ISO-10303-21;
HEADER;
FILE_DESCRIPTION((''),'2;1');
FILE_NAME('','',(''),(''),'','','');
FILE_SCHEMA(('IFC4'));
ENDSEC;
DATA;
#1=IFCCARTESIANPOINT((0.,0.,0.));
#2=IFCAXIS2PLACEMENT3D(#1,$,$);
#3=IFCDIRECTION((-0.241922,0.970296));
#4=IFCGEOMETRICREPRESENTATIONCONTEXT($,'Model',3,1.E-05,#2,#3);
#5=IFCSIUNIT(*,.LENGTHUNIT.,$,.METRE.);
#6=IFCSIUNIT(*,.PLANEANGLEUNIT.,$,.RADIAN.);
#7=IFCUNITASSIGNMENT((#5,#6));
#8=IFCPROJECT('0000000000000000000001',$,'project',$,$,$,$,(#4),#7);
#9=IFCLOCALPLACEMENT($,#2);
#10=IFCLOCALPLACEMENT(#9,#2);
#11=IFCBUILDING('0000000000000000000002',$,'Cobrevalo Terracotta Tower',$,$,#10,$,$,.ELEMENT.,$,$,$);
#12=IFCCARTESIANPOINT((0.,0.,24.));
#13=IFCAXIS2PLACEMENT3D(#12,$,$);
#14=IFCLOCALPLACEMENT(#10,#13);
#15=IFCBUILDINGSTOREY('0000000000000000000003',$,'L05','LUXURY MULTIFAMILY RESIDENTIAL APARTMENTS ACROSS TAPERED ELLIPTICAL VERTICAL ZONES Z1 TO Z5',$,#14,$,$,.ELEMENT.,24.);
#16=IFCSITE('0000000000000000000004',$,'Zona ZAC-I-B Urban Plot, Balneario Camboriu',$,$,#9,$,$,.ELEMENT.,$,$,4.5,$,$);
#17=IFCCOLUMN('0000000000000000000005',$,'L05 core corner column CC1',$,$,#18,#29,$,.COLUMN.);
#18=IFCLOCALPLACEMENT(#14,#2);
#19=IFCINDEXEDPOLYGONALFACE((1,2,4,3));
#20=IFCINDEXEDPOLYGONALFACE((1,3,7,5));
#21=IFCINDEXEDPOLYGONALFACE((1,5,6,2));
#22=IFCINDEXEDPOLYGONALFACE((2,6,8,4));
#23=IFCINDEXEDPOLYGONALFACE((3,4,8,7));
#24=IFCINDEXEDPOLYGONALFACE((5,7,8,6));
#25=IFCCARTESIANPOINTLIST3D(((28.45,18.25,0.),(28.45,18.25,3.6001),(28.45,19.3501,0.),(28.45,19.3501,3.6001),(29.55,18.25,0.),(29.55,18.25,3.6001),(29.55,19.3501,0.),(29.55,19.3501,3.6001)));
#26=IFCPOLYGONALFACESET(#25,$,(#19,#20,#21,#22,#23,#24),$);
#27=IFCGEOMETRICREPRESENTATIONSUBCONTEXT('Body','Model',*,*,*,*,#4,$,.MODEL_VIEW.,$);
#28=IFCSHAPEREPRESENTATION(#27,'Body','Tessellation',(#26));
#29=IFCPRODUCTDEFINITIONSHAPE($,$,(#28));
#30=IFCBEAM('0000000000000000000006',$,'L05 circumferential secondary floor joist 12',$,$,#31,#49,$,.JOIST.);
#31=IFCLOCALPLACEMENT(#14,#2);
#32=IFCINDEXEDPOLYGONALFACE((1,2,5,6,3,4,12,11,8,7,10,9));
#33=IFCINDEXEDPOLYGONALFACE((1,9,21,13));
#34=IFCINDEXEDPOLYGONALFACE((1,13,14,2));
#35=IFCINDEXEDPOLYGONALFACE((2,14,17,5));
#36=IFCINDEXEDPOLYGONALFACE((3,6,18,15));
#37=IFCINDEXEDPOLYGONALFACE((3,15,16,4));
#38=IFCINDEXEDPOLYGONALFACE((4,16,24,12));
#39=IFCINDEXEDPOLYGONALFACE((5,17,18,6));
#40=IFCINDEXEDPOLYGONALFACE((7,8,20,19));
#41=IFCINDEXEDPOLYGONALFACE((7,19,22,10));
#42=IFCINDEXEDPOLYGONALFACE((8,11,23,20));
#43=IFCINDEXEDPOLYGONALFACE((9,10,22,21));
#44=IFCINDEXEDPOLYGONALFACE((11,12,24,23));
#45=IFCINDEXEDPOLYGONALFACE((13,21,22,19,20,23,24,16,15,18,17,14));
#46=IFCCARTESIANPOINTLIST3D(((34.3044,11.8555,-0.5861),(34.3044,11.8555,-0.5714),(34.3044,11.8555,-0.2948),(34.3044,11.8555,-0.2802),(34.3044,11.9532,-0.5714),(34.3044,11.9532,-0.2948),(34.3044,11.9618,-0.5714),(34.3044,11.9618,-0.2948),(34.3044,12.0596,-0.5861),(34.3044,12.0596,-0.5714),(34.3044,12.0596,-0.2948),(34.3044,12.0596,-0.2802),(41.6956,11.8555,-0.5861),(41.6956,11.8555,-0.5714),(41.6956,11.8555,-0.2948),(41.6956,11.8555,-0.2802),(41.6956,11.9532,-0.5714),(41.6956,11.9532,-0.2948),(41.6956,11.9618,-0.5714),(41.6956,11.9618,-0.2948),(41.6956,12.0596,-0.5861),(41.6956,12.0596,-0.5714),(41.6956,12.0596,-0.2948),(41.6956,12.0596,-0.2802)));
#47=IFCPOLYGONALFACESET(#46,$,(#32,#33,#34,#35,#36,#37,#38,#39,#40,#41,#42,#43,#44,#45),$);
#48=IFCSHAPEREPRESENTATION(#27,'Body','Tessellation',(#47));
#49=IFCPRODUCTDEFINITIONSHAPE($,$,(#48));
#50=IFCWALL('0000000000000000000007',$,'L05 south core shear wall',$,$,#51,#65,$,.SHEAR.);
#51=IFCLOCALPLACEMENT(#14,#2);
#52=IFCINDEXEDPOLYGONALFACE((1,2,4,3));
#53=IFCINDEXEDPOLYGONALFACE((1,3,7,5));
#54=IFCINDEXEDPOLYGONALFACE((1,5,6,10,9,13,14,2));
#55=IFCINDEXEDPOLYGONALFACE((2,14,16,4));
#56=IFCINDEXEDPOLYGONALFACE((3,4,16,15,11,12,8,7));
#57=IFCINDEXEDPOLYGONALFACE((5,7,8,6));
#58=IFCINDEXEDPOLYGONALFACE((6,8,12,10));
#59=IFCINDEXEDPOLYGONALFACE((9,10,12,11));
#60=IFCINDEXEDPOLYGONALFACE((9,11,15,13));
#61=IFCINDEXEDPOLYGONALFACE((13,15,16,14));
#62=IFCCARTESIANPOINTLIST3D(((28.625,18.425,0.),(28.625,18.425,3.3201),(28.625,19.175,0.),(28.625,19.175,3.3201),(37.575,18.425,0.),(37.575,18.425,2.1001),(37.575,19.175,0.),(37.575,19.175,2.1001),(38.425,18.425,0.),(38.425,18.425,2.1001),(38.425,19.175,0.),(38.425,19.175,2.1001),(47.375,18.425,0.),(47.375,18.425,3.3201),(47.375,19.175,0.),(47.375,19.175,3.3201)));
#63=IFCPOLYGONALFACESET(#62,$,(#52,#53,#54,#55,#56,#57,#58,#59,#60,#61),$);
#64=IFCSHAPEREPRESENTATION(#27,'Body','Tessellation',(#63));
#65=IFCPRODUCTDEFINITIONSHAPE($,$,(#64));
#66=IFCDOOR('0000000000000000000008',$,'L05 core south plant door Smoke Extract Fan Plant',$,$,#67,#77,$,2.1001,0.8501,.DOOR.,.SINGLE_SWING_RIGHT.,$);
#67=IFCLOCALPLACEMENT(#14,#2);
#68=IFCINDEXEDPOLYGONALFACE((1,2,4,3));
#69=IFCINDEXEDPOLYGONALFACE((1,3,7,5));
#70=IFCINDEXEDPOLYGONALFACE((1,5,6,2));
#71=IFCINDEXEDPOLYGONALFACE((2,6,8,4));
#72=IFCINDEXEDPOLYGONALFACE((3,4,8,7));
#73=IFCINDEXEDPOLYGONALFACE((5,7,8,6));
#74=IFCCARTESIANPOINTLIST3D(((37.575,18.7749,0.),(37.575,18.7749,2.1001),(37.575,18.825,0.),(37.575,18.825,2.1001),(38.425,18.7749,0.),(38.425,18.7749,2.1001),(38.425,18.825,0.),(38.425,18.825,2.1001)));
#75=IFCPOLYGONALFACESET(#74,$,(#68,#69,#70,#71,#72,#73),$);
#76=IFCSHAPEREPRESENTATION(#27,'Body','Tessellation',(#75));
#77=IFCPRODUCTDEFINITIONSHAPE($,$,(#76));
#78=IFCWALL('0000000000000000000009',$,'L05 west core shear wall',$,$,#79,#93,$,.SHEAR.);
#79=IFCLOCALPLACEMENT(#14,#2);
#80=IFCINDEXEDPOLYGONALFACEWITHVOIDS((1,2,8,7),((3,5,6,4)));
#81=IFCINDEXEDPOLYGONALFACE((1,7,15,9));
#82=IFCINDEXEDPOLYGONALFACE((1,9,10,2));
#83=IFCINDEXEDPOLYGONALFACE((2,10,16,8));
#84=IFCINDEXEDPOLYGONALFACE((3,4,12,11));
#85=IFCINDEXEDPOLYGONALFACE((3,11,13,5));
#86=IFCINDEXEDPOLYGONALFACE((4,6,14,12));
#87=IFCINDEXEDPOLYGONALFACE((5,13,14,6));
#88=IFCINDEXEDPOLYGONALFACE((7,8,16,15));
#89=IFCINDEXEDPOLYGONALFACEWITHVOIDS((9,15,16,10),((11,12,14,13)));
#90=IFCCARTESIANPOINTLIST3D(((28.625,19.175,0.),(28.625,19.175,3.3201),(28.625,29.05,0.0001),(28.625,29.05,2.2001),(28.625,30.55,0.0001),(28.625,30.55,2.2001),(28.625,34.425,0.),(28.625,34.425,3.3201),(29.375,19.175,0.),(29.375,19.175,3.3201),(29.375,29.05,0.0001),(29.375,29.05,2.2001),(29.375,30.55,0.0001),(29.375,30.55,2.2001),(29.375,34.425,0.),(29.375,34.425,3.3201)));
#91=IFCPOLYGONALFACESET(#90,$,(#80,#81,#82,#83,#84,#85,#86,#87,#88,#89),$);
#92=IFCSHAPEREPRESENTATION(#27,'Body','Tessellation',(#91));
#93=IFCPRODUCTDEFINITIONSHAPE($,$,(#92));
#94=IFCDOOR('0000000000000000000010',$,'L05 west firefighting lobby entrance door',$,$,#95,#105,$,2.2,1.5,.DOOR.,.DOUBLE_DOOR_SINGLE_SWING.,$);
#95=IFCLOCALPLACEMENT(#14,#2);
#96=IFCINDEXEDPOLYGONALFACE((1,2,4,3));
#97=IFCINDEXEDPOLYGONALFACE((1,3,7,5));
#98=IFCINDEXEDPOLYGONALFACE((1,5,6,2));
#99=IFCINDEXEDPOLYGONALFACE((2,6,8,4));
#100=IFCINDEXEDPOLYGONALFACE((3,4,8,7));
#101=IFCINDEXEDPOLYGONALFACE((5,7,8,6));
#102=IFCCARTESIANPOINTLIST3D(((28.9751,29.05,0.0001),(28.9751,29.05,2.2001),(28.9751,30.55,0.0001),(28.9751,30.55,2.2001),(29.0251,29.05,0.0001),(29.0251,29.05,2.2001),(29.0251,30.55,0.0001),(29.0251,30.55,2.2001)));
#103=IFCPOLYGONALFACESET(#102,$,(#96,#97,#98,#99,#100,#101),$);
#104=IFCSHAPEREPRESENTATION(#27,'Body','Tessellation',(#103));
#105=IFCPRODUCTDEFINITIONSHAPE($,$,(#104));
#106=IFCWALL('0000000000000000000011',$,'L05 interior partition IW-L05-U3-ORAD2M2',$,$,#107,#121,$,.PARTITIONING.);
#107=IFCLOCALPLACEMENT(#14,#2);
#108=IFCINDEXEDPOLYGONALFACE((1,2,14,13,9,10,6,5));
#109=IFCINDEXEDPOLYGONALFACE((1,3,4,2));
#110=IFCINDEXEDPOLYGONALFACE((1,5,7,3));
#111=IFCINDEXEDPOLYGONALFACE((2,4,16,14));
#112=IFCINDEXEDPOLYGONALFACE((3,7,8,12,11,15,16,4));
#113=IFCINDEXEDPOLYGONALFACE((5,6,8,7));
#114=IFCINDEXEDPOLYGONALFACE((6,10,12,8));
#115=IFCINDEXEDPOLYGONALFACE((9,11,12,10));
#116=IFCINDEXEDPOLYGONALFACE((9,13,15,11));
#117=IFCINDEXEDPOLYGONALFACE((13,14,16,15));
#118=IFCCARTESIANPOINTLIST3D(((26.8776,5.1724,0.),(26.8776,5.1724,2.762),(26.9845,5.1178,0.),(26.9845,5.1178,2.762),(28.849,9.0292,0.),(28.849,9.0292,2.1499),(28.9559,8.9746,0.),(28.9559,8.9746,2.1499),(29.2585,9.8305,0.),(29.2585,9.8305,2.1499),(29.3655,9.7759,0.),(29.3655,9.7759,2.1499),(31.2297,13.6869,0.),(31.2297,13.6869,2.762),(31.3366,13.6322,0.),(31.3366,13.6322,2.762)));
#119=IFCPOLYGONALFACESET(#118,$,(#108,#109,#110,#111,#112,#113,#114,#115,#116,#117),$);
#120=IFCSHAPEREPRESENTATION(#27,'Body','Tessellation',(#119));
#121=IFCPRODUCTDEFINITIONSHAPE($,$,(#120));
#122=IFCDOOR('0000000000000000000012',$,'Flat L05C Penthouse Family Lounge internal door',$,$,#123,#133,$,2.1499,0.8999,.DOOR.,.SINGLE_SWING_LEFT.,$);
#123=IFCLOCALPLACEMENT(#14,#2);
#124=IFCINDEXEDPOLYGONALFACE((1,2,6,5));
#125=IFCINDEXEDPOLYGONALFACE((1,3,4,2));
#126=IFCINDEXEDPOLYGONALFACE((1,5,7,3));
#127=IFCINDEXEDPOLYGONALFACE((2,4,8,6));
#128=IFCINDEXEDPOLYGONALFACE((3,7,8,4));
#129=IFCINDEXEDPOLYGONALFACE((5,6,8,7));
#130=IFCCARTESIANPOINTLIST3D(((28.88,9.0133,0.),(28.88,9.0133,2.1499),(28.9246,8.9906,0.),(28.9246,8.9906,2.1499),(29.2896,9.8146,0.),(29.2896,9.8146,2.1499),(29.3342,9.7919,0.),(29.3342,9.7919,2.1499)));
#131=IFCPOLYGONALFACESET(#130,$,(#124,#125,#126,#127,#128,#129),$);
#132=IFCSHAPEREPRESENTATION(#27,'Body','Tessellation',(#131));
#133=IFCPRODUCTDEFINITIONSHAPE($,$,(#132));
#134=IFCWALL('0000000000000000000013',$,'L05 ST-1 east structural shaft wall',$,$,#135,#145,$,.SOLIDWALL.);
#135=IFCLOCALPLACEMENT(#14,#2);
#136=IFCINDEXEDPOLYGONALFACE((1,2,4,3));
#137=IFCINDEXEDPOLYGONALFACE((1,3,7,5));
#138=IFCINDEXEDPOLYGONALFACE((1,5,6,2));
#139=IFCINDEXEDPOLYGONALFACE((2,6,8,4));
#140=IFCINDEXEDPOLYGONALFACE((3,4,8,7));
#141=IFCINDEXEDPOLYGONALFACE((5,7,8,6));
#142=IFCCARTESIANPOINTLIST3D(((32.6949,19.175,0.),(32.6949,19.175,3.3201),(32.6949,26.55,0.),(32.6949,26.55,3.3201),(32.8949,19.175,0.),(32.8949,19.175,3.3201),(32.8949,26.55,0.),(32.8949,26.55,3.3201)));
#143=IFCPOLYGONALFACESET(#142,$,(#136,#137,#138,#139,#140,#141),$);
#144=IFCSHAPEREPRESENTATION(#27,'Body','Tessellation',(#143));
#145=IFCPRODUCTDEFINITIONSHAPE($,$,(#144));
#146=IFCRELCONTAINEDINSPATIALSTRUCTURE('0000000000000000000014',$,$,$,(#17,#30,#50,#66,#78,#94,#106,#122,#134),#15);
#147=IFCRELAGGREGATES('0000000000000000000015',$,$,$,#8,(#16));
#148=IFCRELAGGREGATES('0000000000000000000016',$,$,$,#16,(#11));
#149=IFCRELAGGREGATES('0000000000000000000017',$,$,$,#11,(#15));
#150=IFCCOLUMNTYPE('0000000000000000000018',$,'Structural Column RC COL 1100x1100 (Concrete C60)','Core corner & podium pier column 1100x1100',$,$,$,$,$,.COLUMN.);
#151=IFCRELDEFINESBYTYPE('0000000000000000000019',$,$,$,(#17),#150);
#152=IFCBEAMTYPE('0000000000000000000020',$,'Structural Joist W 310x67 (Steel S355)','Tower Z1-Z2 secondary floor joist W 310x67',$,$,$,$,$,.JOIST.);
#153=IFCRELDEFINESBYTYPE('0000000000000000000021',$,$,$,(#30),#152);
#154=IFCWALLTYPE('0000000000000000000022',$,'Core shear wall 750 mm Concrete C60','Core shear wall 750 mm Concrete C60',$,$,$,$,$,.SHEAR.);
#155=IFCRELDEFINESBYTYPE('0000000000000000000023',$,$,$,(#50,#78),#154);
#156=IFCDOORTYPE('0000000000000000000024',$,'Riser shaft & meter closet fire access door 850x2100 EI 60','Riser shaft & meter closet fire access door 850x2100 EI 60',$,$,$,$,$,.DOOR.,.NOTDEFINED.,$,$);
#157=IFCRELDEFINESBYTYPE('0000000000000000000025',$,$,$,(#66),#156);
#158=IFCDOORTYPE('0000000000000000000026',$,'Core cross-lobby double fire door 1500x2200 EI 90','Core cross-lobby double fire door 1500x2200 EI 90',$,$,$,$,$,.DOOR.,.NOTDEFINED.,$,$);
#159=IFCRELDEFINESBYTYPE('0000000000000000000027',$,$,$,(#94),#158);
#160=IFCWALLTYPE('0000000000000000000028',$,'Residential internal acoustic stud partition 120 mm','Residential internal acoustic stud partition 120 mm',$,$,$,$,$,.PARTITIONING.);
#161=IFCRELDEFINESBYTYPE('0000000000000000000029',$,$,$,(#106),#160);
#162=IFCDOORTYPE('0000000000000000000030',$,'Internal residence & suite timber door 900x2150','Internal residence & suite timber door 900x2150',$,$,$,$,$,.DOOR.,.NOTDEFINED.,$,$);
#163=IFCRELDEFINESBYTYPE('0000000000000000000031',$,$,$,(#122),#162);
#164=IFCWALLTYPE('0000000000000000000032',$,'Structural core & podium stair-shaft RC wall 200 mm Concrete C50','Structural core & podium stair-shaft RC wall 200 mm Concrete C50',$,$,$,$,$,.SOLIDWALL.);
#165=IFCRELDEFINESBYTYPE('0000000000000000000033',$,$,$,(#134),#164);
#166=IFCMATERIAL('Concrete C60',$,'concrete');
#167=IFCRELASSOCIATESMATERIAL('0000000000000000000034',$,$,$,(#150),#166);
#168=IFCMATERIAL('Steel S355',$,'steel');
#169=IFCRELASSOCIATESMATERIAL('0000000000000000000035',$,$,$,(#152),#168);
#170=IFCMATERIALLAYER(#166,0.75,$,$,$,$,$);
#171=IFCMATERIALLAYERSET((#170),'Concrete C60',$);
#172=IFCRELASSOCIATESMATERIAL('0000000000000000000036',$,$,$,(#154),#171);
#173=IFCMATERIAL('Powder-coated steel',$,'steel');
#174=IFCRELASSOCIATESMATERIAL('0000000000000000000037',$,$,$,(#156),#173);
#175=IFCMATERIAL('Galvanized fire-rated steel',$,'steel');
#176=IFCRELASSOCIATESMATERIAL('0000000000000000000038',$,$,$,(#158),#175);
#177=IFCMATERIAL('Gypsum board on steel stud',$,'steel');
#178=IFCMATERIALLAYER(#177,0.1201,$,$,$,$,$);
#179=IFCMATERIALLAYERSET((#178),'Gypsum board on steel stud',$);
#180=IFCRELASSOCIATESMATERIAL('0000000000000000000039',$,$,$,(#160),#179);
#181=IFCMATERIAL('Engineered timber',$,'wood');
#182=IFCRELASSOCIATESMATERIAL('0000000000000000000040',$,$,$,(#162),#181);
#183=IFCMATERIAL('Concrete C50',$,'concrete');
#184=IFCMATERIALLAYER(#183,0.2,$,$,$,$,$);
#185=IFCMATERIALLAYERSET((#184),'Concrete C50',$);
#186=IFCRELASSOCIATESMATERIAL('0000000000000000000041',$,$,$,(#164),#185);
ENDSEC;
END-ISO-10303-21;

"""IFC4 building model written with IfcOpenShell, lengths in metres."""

from ifc_helpers import new_model, si_unit, direction, frame, frame_2d, origin, origin_2d, place, context, subcontext, project, spatial, rectangle, i_section, extrude, source, transform, mapped, material, layer, layer_set, material_profile, profile_set, type_object, element, fill, save


model = new_model("IFC4")

# Units and contexts
model_context = context("Model", 3, precision=1e-05, world=origin(), true_north=direction((-0.241922, 0.970296)))
body_context = subcontext(model_context, "Body", "Model", "MODEL_VIEW")
ifc_project = project(units=[si_unit("LENGTHUNIT", "METRE"), si_unit("PLANEANGLEUNIT", "RADIAN")], contexts=[model_context])

# Site, building, storey
site_placement = place(None, origin())
site = spatial("IfcSite", under=ifc_project, at=site_placement, Name="Zona ZAC-I-B Urban Plot, Balneario Camboriu", CompositionType="ELEMENT", RefElevation=4.5)
building_placement = place(site_placement, origin())
building = spatial("IfcBuilding", under=site, at=building_placement, Name="Cobrevalo Terracotta Tower", CompositionType="ELEMENT")
storey_placement = place(building_placement, frame((0.0, 0.0, 24.0)))
storey = spatial("IfcBuildingStorey", under=building, at=storey_placement, Name="L05", Description="LUXURY MULTIFAMILY RESIDENTIAL APARTMENTS ACROSS TAPERED ELLIPTICAL VERTICAL ZONES Z1 TO Z5", CompositionType="ELEMENT", Elevation=24.0)

# Column
ifc_material_1 = material(Name="Concrete C60", Category="concrete")
ifc_material_profile_1 = material_profile(ifc_material_1, rectangle(XDim=1.1001, YDim=1.1001, at=origin_2d()), Name="RC COL 1100x1100")
ifc_profile_set_1 = profile_set([ifc_material_profile_1], Name="Concrete C60")
column_type = type_object("IfcColumnType", Name="Structural Column RC COL 1100x1100 (Concrete C60)", Description="Core corner & podium pier column 1100x1100", PredefinedType="COLUMN", material=ifc_profile_set_1)
column_placement = place(storey_placement, frame((29.0, 18.8, 0.0), z_axis=(0.0, 0.0, 1.0), x_axis=(1.0, 0.0, 0.0)))
element("IfcColumn", 1, at=column_placement, inside=storey, type_object=column_type, Name="L05 core corner column CC1", PredefinedType="COLUMN", context=body_context, shape_type="SweptSolid", body=[
    extrude(rectangle(XDim=1.1001, YDim=1.1001, at=origin_2d()), origin(), (0.0, 0.0, 1.0), 3.6001),
])

# Beam
ifc_material_2 = material(Name="Steel S355", Category="steel")
ifc_material_profile_2 = material_profile(ifc_material_2, i_section(OverallWidth=0.2041, OverallDepth=0.3059, WebThickness=0.0085, FlangeThickness=0.0146, at=origin_2d()), Name="W 310x67")
ifc_profile_set_2 = profile_set([ifc_material_profile_2], Name="Steel S355")
beam_type = type_object("IfcBeamType", Name="Structural Joist W 310x67 (Steel S355)", Description="Tower Z1-Z2 secondary floor joist W 310x67", PredefinedType="JOIST", material=ifc_profile_set_2)
beam_placement = place(storey_placement, frame((34.3044, 11.9575, -0.4331), z_axis=(1.0, 0.0, 0.0), x_axis=(0.0, 1.0, 0.0)))
element("IfcBeam", 2, at=beam_placement, inside=storey, type_object=beam_type, Name="L05 circumferential secondary floor joist 12", PredefinedType="JOIST", context=body_context, shape_type="SweptSolid", body=[
    extrude(i_section(OverallWidth=0.2041, OverallDepth=0.3059, WebThickness=0.0085, FlangeThickness=0.0146, at=origin_2d()), origin(), (0.0, 0.0, 1.0), 7.3911),
])

# Walls, openings, doors
ifc_layer_1 = layer(ifc_material_1, 0.75)
ifc_layer_set_1 = layer_set([ifc_layer_1], Name="Concrete C60")
wall_type_1 = type_object("IfcWallType", Name="Core shear wall 750 mm Concrete C60", Description="Core shear wall 750 mm Concrete C60", PredefinedType="SHEAR", material=ifc_layer_set_1)
wall_1_placement = place(storey_placement, frame((28.625, 18.8, 0.0), z_axis=(0.0, 0.0, 1.0), x_axis=(1.0, 0.0, 0.0)))
wall_1 = element("IfcWall", 3, at=wall_1_placement, inside=storey, type_object=wall_type_1, Name="L05 south core shear wall", PredefinedType="SHEAR", context=body_context, shape_type="SweptSolid", body=[
    extrude(rectangle(XDim=18.75, YDim=0.75, at=frame_2d((9.375, 0.0))), origin(), (0.0, 0.0, 1.0), 3.3201),
])
opening_1_placement = place(wall_1_placement, frame((8.95, 0.0, 0.0)))
opening_1 = element("IfcOpeningElement", 4, at=opening_1_placement, cuts=wall_1, PredefinedType="OPENING", context=body_context, shape_type="SweptSolid", body=[
    extrude(rectangle(XDim=0.8501, YDim=2.1001, at=frame_2d((0.425, 1.05))), frame((0.0, 0.385, 0.0), z_axis=(0.0, -1.0, 0.0), x_axis=(1.0, 0.0, 0.0)), (0.0, 0.0, 1.0), 0.77),
])
ifc_material_3 = material(Name="Powder-coated steel", Category="steel")
door_type_1 = type_object("IfcDoorType", Name="Riser shaft & meter closet fire access door 850x2100 EI 60", Description="Riser shaft & meter closet fire access door 850x2100 EI 60", OperationType="NOTDEFINED", PredefinedType="DOOR", material=ifc_material_3)
shared_shape_1 = source(origin(), body_context, "Body", "SweptSolid", [
    extrude(rectangle(XDim=0.8501, YDim=2.1001, at=frame_2d((0.425, 1.05))), frame((0.0, 0.0249, 0.0), z_axis=(0.0, -1.0, 0.0), x_axis=(1.0, 0.0, 0.0)), (0.0, 0.0, 1.0), 0.05),
])
door_1_placement = place(opening_1_placement, origin())
door_1 = element("IfcDoor", 5, at=door_1_placement, inside=storey, type_object=door_type_1, Name="L05 core south plant door Smoke Extract Fan Plant", OperationType="SINGLE_SWING_RIGHT", OverallHeight=2.1001, OverallWidth=0.8501, PredefinedType="DOOR", context=body_context, shape_type="MappedRepresentation", body=[
    mapped(shared_shape_1, transform((0.0, 0.0, 0.0), scale=1.0)),
])
fill(opening_1, door_1)
wall_2_placement = place(storey_placement, frame((29.0, 19.175, 0.0), z_axis=(0.0, 0.0, 1.0), x_axis=(0.0, 1.0, 0.0)))
wall_2 = element("IfcWall", 6, at=wall_2_placement, inside=storey, type_object=wall_type_1, Name="L05 west core shear wall", PredefinedType="SHEAR", context=body_context, shape_type="SweptSolid", body=[
    extrude(rectangle(XDim=15.25, YDim=0.75, at=frame_2d((7.625, 0.0))), origin(), (0.0, 0.0, 1.0), 3.3201),
])
opening_2_placement = place(wall_2_placement, frame((9.875, 0.0, 0.0)))
opening_2 = element("IfcOpeningElement", 7, at=opening_2_placement, cuts=wall_2, PredefinedType="OPENING", context=body_context, shape_type="SweptSolid", body=[
    extrude(rectangle(XDim=1.5, YDim=2.2, at=frame_2d((0.75, 1.1001))), frame((0.0, 0.385, 0.0), z_axis=(0.0, -1.0, 0.0), x_axis=(1.0, 0.0, 0.0)), (0.0, 0.0, 1.0), 0.77),
])
ifc_material_4 = material(Name="Galvanized fire-rated steel", Category="steel")
door_type_2 = type_object("IfcDoorType", Name="Core cross-lobby double fire door 1500x2200 EI 90", Description="Core cross-lobby double fire door 1500x2200 EI 90", OperationType="NOTDEFINED", PredefinedType="DOOR", material=ifc_material_4)
shared_shape_2 = source(origin(), body_context, "Body", "SweptSolid", [
    extrude(rectangle(XDim=1.5, YDim=2.2, at=frame_2d((0.75, 1.1001))), frame((0.0, 0.0249, 0.0), z_axis=(0.0, -1.0, 0.0), x_axis=(1.0, 0.0, 0.0)), (0.0, 0.0, 1.0), 0.05),
])
door_2_placement = place(opening_2_placement, origin())
door_2 = element("IfcDoor", 8, at=door_2_placement, inside=storey, type_object=door_type_2, Name="L05 west firefighting lobby entrance door", OperationType="DOUBLE_DOOR_SINGLE_SWING", OverallHeight=2.2, OverallWidth=1.5, PredefinedType="DOOR", context=body_context, shape_type="MappedRepresentation", body=[
    mapped(shared_shape_2, transform((0.0, 0.0, 0.0), scale=1.0)),
])
fill(opening_2, door_2)
ifc_material_5 = material(Name="Gypsum board on steel stud", Category="steel")
ifc_layer_2 = layer(ifc_material_5, 0.1201)
ifc_layer_set_2 = layer_set([ifc_layer_2], Name="Gypsum board on steel stud")
wall_type_2 = type_object("IfcWallType", Name="Residential internal acoustic stud partition 120 mm", Description="Residential internal acoustic stud partition 120 mm", PredefinedType="PARTITIONING", material=ifc_layer_set_2)
wall_3_placement = place(storey_placement, frame((31.2832, 13.6597, 0.0), z_axis=(0.0, 0.0, 1.0), x_axis=(-0.455131, -0.890424, 0.0)))
wall_3 = element("IfcWall", 9, at=wall_3_placement, inside=storey, type_object=wall_type_2, Name="L05 interior partition IW-L05-U3-ORAD2M2", PredefinedType="PARTITIONING", context=body_context, shape_type="SweptSolid", body=[
    extrude(rectangle(XDim=9.5623, YDim=0.1201, at=frame_2d((4.7812, 0.0))), origin(), (0.0, 0.0, 1.0), 2.762),
])
opening_3_placement = place(wall_3_placement, frame((4.3311, 0.0, 0.0)))
opening_3 = element("IfcOpeningElement", 10, at=opening_3_placement, cuts=wall_3, PredefinedType="OPENING", context=body_context, shape_type="SweptSolid", body=[
    extrude(rectangle(XDim=0.8999, YDim=2.1499, at=frame_2d((0.45, 1.075))), frame((0.0, 0.0701, 0.0), z_axis=(0.0, -1.0, 0.0), x_axis=(1.0, 0.0, 0.0)), (0.0, 0.0, 1.0), 0.1401),
])
ifc_material_6 = material(Name="Engineered timber", Category="wood")
door_type_3 = type_object("IfcDoorType", Name="Internal residence & suite timber door 900x2150", Description="Internal residence & suite timber door 900x2150", OperationType="NOTDEFINED", PredefinedType="DOOR", material=ifc_material_6)
shared_shape_3 = source(origin(), body_context, "Body", "SweptSolid", [
    extrude(rectangle(XDim=0.8999, YDim=2.1499, at=frame_2d((0.45, 1.075))), frame((0.0, 0.0249, 0.0), z_axis=(0.0, -1.0, 0.0), x_axis=(1.0, 0.0, 0.0)), (0.0, 0.0, 1.0), 0.05),
])
door_3_placement = place(opening_3_placement, origin())
door_3 = element("IfcDoor", 11, at=door_3_placement, inside=storey, type_object=door_type_3, Name="Flat L05C Penthouse Family Lounge internal door", OperationType="SINGLE_SWING_LEFT", OverallHeight=2.1499, OverallWidth=0.8999, PredefinedType="DOOR", context=body_context, shape_type="MappedRepresentation", body=[
    mapped(shared_shape_3, transform((0.0, 0.0, 0.0), scale=1.0)),
])
fill(opening_3, door_3)

# Wall
ifc_material_7 = material(Name="Concrete C50", Category="concrete")
ifc_layer_3 = layer(ifc_material_7, 0.2)
ifc_layer_set_3 = layer_set([ifc_layer_3], Name="Concrete C50")
wall_type_3 = type_object("IfcWallType", Name="Structural core & podium stair-shaft RC wall 200 mm Concrete C50", Description="Structural core & podium stair-shaft RC wall 200 mm Concrete C50", PredefinedType="SOLIDWALL", material=ifc_layer_set_3)
wall_4_placement = place(storey_placement, frame((32.7949, 19.175, 0.0), z_axis=(0.0, 0.0, 1.0), x_axis=(0.0, 1.0, 0.0)))
element("IfcWall", 12, at=wall_4_placement, inside=storey, type_object=wall_type_3, Name="L05 ST-1 east structural shaft wall", PredefinedType="SOLIDWALL", context=body_context, shape_type="SweptSolid", body=[
    extrude(rectangle(XDim=7.375, YDim=0.2, at=frame_2d((3.6875, 0.0))), origin(), (0.0, 0.0, 1.0), 3.3201),
])

save(model, "model.ifc")
